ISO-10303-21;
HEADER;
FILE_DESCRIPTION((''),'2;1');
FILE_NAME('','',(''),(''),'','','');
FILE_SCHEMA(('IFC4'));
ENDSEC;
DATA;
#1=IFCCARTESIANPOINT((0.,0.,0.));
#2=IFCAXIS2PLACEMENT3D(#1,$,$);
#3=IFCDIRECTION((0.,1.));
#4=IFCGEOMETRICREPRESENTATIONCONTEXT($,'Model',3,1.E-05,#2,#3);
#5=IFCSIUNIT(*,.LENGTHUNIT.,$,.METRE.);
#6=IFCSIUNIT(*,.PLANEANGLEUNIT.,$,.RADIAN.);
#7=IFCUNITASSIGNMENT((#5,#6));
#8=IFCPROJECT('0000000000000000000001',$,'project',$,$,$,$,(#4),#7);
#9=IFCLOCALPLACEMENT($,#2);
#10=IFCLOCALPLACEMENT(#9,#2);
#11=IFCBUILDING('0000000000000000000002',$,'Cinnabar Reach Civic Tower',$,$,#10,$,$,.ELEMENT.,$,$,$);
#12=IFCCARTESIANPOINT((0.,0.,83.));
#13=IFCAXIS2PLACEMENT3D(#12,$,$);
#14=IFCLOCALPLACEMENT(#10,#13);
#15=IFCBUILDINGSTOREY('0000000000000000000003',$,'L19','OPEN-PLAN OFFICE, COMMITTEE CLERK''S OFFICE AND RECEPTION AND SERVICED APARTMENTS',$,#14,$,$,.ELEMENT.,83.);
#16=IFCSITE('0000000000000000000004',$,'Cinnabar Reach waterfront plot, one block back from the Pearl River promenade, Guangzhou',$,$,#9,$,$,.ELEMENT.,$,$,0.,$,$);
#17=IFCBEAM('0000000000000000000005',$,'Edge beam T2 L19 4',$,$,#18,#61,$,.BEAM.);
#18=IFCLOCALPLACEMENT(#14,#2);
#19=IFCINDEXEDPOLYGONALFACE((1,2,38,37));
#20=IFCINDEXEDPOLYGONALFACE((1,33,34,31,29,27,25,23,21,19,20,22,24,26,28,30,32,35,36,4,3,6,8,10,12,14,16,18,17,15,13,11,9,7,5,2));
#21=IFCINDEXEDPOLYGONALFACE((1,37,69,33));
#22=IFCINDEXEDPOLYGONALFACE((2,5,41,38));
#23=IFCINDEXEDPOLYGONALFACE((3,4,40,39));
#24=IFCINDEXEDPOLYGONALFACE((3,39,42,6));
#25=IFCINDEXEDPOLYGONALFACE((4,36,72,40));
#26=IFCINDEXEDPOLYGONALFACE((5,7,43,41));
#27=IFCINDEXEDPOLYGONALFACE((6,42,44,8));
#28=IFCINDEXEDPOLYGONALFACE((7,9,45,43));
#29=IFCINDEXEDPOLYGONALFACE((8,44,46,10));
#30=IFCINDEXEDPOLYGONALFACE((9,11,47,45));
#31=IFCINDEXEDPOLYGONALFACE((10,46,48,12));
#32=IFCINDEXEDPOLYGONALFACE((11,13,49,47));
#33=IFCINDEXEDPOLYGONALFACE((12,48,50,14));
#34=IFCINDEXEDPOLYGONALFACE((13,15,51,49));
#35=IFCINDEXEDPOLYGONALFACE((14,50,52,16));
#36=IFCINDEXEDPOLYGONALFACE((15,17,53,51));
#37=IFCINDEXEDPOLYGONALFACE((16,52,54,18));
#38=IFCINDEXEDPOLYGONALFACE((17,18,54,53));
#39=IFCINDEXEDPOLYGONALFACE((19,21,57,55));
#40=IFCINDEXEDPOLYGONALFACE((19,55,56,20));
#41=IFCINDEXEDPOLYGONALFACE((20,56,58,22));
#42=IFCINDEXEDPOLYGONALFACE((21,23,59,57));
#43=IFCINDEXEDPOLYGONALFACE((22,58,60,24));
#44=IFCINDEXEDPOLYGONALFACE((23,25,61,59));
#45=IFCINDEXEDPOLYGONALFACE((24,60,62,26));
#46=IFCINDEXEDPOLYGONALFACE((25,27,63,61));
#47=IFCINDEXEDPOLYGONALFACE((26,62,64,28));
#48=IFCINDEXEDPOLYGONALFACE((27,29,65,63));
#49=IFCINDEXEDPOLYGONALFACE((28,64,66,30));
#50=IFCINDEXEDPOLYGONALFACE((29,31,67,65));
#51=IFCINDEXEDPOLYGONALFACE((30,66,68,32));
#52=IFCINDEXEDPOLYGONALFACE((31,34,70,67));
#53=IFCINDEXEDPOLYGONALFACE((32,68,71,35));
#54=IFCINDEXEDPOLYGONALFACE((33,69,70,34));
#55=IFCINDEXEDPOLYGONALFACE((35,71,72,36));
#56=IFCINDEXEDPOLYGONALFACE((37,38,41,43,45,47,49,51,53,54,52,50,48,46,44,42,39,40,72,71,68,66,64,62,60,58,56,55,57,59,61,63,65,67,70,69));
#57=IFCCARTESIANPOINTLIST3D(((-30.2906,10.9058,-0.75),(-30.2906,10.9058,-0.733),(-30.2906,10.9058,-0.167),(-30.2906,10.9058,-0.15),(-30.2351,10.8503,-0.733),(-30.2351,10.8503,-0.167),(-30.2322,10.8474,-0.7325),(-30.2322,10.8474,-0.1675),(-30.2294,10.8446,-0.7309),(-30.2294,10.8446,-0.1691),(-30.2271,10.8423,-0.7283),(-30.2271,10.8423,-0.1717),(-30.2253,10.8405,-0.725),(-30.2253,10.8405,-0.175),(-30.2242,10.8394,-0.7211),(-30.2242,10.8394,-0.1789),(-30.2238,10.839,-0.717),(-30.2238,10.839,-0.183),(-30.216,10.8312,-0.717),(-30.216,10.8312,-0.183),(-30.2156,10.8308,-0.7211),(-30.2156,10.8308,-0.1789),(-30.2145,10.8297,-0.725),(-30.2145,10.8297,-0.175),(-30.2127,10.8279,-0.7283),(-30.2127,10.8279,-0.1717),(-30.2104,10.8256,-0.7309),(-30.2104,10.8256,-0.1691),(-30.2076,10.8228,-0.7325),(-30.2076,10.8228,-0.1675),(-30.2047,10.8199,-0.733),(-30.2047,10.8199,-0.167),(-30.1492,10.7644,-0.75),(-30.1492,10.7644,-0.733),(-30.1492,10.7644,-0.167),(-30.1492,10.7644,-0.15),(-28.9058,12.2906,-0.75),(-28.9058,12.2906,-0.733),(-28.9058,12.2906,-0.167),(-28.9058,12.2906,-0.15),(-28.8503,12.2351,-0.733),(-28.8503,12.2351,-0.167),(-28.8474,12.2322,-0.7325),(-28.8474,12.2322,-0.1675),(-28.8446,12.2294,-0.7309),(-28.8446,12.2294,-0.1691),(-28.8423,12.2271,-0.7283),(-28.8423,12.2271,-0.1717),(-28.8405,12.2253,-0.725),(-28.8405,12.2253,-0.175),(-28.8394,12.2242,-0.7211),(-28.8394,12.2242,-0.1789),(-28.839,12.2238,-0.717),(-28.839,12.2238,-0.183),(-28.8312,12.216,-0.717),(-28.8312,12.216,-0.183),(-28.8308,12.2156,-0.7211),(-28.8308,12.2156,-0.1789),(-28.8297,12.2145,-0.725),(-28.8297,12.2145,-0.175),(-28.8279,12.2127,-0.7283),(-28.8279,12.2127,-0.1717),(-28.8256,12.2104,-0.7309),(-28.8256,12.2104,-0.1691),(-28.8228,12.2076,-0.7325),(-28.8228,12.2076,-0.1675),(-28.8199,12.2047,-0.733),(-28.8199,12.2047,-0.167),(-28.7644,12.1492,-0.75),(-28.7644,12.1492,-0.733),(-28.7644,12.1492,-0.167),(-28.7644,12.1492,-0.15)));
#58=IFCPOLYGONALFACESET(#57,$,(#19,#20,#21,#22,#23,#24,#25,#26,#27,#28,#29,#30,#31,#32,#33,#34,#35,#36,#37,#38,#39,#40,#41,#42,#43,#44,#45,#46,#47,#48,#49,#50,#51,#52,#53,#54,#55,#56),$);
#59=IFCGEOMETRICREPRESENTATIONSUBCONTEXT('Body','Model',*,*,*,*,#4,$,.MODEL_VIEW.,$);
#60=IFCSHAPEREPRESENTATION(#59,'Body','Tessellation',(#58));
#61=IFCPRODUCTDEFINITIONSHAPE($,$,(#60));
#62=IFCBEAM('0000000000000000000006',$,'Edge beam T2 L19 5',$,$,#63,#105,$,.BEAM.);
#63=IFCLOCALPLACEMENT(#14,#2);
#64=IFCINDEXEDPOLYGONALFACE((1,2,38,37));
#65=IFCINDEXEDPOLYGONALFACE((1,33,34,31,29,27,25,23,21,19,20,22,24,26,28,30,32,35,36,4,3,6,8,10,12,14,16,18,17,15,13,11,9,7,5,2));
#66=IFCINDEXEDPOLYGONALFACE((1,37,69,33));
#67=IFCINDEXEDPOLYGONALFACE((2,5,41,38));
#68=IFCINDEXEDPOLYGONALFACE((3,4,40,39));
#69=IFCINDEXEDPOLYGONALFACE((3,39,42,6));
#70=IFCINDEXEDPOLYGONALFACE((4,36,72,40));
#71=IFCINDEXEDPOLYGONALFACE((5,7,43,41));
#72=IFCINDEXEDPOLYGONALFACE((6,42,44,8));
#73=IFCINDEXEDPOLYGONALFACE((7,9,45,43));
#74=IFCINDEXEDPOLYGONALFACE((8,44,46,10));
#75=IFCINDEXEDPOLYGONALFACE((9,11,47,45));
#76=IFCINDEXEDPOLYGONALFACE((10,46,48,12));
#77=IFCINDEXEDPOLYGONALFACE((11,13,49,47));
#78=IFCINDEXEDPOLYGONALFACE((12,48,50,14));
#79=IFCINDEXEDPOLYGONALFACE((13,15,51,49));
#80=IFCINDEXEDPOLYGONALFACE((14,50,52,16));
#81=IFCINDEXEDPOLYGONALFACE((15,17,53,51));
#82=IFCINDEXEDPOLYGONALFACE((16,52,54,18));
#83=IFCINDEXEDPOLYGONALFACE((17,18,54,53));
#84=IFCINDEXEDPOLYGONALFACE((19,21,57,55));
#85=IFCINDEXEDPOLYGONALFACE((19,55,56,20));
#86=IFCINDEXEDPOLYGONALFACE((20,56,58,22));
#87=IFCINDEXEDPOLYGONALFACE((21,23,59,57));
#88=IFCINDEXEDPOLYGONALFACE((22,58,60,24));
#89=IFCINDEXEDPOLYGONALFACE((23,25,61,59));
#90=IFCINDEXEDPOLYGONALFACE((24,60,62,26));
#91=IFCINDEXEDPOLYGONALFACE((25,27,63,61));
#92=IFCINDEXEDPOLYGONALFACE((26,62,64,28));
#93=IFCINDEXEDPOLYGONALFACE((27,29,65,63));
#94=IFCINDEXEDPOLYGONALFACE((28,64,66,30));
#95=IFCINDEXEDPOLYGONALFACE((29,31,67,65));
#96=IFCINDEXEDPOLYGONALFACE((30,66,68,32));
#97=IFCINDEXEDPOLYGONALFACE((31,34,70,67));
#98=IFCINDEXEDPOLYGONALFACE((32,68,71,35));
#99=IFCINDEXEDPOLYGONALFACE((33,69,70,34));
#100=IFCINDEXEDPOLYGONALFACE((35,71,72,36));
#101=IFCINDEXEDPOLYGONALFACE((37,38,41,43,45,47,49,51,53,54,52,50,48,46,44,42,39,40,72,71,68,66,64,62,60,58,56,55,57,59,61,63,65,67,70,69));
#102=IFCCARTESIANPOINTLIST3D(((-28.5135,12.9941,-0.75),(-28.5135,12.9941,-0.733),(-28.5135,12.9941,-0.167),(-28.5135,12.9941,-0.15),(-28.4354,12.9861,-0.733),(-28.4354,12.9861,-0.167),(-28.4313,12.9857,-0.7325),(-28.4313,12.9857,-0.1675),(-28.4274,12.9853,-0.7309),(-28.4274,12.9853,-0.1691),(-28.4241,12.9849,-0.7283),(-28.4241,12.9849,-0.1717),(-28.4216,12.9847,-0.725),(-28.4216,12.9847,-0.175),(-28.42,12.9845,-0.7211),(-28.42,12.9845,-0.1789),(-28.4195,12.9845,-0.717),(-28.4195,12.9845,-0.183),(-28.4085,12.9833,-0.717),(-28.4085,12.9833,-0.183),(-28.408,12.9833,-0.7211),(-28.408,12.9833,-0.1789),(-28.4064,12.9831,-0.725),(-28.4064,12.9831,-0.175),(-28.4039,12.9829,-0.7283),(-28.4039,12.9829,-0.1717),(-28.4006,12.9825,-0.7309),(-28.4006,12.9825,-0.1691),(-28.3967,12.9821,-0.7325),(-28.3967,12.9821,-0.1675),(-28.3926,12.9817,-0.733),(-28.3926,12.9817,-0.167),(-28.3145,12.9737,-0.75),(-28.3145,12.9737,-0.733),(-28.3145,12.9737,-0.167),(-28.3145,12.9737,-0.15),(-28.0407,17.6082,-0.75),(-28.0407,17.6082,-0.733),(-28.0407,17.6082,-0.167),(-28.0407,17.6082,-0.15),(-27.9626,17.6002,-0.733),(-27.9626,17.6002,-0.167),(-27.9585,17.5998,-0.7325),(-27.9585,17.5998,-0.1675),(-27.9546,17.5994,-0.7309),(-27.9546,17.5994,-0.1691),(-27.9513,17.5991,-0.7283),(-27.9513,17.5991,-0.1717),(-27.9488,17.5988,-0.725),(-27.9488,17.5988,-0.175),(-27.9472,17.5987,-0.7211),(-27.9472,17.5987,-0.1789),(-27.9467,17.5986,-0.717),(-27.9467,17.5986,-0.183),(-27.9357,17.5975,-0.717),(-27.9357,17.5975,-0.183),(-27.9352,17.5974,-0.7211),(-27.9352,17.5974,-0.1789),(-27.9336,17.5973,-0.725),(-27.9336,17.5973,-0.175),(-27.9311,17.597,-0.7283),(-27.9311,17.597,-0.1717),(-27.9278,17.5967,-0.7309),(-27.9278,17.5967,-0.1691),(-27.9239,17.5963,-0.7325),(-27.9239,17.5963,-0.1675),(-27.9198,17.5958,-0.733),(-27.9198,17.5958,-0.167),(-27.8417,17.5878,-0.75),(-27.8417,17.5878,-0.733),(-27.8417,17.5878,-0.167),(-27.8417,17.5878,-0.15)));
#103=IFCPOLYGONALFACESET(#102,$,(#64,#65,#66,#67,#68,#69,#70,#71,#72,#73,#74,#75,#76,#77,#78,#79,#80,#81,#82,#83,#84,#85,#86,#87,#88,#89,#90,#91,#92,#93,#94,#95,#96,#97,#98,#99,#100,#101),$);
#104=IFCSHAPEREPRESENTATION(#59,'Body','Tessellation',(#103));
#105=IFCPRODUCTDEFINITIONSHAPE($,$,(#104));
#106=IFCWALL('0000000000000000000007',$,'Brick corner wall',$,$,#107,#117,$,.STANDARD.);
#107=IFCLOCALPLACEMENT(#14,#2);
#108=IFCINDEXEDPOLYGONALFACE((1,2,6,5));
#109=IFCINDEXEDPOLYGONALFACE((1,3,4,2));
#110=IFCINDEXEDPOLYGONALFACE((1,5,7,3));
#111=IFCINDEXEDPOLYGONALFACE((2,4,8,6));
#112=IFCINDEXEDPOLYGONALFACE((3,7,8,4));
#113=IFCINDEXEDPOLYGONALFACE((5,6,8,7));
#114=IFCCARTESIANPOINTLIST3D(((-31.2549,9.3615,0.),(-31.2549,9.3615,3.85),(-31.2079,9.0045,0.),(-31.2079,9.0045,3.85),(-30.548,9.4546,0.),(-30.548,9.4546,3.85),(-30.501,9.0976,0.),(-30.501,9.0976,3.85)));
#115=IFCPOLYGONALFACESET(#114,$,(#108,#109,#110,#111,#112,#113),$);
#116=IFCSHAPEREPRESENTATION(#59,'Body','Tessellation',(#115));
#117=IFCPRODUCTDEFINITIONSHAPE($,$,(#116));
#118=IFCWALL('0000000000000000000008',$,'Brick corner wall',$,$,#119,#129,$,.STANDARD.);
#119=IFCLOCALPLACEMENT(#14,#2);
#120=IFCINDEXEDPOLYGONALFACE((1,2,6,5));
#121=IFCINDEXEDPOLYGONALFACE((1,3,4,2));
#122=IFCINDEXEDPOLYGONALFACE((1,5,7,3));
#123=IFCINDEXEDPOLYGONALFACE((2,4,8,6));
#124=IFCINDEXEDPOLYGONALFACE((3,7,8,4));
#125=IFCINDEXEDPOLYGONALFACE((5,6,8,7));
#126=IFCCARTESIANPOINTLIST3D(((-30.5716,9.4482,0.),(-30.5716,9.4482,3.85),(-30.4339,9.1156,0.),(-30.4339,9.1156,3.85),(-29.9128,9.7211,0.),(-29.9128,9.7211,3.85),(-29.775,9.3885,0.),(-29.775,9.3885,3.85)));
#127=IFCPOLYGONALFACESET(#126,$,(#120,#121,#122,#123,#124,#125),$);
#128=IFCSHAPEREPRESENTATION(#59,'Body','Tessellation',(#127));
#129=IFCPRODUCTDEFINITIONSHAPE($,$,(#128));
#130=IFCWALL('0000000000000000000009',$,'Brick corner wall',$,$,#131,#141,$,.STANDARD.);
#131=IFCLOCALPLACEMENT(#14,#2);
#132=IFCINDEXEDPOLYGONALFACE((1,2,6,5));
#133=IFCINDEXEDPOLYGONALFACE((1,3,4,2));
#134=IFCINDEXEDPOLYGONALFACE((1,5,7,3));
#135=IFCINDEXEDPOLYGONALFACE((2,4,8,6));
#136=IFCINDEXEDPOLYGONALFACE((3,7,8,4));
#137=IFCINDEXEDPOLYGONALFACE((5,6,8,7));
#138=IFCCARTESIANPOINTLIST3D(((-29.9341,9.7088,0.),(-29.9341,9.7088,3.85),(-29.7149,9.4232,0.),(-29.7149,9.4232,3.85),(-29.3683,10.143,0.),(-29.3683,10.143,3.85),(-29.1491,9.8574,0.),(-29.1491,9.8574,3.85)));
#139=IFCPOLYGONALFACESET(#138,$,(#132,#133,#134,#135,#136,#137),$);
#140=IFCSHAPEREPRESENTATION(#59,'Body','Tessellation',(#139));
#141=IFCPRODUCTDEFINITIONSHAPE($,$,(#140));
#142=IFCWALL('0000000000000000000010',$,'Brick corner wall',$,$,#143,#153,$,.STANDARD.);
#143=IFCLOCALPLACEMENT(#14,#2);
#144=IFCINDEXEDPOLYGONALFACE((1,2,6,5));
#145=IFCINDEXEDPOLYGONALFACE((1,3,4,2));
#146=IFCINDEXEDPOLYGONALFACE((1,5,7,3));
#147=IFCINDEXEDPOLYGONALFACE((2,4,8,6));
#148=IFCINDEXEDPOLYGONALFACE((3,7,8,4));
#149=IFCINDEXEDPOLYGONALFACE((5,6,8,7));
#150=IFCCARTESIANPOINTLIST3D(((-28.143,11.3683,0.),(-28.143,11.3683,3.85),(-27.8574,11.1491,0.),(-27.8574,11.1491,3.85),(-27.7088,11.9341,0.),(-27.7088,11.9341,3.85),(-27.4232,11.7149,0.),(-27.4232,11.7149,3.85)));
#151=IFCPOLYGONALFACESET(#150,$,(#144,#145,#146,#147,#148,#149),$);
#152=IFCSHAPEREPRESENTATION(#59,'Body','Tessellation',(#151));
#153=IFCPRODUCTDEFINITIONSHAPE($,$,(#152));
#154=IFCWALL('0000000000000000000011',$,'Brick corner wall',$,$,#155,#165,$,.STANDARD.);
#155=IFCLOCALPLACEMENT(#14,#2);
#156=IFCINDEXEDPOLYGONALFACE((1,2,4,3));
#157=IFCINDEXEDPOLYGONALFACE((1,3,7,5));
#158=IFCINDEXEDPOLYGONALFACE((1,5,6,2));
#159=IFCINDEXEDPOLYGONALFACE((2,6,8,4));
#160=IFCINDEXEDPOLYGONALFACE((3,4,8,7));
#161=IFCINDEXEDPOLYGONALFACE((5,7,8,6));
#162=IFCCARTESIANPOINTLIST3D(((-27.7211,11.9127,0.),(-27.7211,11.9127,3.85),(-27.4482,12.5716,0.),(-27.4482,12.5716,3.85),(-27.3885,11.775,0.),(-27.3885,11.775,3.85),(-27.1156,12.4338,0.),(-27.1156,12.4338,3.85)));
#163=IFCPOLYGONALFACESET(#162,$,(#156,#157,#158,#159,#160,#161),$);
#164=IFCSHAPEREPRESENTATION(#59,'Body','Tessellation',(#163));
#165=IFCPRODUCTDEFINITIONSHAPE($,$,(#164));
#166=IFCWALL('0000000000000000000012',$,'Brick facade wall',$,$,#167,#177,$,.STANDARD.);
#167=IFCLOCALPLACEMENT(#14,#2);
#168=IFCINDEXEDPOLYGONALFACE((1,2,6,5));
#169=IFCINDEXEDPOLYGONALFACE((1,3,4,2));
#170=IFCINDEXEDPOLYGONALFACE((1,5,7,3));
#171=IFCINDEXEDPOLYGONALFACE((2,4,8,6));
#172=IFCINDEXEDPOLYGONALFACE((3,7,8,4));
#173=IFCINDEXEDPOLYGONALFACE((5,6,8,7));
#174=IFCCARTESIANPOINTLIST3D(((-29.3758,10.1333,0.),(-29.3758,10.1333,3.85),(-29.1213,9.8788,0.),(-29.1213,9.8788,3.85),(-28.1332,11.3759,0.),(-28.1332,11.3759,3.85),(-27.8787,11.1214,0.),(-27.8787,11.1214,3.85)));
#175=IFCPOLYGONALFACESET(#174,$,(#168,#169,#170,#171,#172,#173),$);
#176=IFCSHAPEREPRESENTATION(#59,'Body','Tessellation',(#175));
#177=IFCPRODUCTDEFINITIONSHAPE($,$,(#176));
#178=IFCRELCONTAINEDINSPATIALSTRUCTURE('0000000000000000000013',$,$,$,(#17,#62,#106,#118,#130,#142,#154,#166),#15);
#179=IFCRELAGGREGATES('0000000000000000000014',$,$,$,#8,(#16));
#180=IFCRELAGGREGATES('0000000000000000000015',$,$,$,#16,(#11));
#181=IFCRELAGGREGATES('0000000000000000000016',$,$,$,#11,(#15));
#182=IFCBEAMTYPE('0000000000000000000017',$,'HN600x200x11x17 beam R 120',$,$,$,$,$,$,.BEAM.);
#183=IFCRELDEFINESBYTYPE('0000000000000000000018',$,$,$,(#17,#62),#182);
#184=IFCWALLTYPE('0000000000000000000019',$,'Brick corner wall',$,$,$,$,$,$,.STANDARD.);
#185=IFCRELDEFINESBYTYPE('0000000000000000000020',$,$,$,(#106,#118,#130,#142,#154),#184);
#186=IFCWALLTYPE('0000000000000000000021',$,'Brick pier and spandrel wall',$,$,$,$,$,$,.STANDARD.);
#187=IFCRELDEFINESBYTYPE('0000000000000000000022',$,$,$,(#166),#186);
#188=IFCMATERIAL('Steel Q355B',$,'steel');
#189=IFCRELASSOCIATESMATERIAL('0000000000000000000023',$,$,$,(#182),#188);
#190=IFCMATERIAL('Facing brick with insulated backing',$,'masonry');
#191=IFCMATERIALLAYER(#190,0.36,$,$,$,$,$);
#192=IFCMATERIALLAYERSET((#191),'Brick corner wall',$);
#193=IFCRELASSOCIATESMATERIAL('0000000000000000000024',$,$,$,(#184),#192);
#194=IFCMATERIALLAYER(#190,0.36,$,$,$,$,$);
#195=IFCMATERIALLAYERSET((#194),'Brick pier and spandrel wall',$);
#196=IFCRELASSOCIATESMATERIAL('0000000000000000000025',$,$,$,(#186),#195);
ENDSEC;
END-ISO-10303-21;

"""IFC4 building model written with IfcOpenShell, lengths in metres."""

from ifc_helpers import new_model, si_unit, direction, frame, frame_2d, origin, origin_2d, place, context, subcontext, project, spatial, rectangle, i_section, extrude, material, layer, layer_set, material_profile, profile_set, type_object, element, save


model = new_model("IFC4")

# Units and contexts
model_context = context("Model", 3, precision=1e-05, world=origin(), true_north=direction((0.0, 1.0)))
body_context = subcontext(model_context, "Body", "Model", "MODEL_VIEW")
ifc_project = project(units=[si_unit("LENGTHUNIT", "METRE"), si_unit("PLANEANGLEUNIT", "RADIAN")], contexts=[model_context])

# Site, building, storey
site_placement = place(None, origin())
site = spatial("IfcSite", under=ifc_project, at=site_placement, Name="Cinnabar Reach waterfront plot, one block back from the Pearl River promenade, Guangzhou", CompositionType="ELEMENT", RefElevation=0.0)
building_placement = place(site_placement, origin())
building = spatial("IfcBuilding", under=site, at=building_placement, Name="Cinnabar Reach Civic Tower", CompositionType="ELEMENT")
storey_placement = place(building_placement, frame((0.0, 0.0, 83.0)))
storey = spatial("IfcBuildingStorey", under=building, at=storey_placement, Name="L19", Description="OPEN-PLAN OFFICE, COMMITTEE CLERK'S OFFICE AND RECEPTION AND SERVICED APARTMENTS", CompositionType="ELEMENT", Elevation=83.0)

# Beams
ifc_material_1 = material(Name="Steel Q355B", Category="steel")
ifc_material_profile_1 = material_profile(ifc_material_1, i_section(OverallWidth=0.2, OverallDepth=0.6, WebThickness=0.011, FlangeThickness=0.017, FilletRadius=0.016, at=origin_2d()), Name="HN600x200x11x17")
ifc_profile_set_1 = profile_set([ifc_material_profile_1], Name="Steel Q355B")
beam_type_1 = type_object("IfcBeamType", Name="HN600x200x11x17 beam R 120", PredefinedType="BEAM", material=ifc_profile_set_1)
beam_1_placement = place(storey_placement, frame((-30.2199, 10.8351, -0.45), z_axis=(0.707107, 0.707107, 0.0), x_axis=(-0.707107, 0.707107, 0.0)))
element("IfcBeam", 1, at=beam_1_placement, inside=storey, type_object=beam_type_1, Name="Edge beam T2 L19 4", PredefinedType="BEAM", context=body_context, shape_type="SweptSolid", body=[
    extrude(i_section(OverallWidth=0.2, OverallDepth=0.6, WebThickness=0.011, FlangeThickness=0.017, FilletRadius=0.016, at=origin_2d()), origin(), (0.0, 0.0, 1.0), 1.9584),
])
beam_2_placement = place(storey_placement, frame((-28.414, 12.9839, -0.45), z_axis=(0.101935, 0.994791, 0.0), x_axis=(-0.994791, 0.101935, 0.0)))
element("IfcBeam", 2, at=beam_2_placement, inside=storey, type_object=beam_type_1, Name="Edge beam T2 L19 5", PredefinedType="BEAM", context=body_context, shape_type="SweptSolid", body=[
    extrude(i_section(OverallWidth=0.2, OverallDepth=0.6, WebThickness=0.011, FlangeThickness=0.017, FilletRadius=0.016, at=origin_2d()), origin(), (0.0, 0.0, 1.0), 4.6383),
])

# Walls
ifc_material_2 = material(Name="Facing brick with insulated backing", Category="masonry")
ifc_layer_1 = layer(ifc_material_2, 0.36)
ifc_layer_set_1 = layer_set([ifc_layer_1], Name="Brick corner wall")
wall_type_1 = type_object("IfcWallType", Name="Brick corner wall", PredefinedType="STANDARD", material=ifc_layer_set_1)
for number, where, z_axis, x_axis, name in (
    (3, (-31.2314, 9.183, 0.0), (0.0, 0.0, 1.0), (0.991441, 0.130556, 0.0), "Brick corner wall"),
    (4, (-30.5027, 9.2819, 0.0), (0.0, 0.0, 1.0), (0.923872, 0.382703, 0.0), "Brick corner wall"),
):
    element("IfcWall", number, at=place(storey_placement, frame(where, z_axis=z_axis, x_axis=x_axis)), inside=storey, type_object=wall_type_1, Name=name, PredefinedType="STANDARD", context=body_context, shape_type="SweptSolid", body=[
        extrude(rectangle(XDim=0.7131, YDim=0.36, at=frame_2d((0.3565, 0.0))), origin(), (0.0, 0.0, 1.0), 3.85),
    ])
for number, where, z_axis, x_axis, name in (
    (5, (-29.8245, 9.566, 0.0), (0.0, 0.0, 1.0), (0.793322, 0.608802, 0.0), "Brick corner wall"),
    (6, (-28.0002, 11.2587, 0.0), (0.0, 0.0, 1.0), (0.608802, 0.793322, 0.0), "Brick corner wall"),
):
    element("IfcWall", number, at=place(storey_placement, frame(where, z_axis=z_axis, x_axis=x_axis)), inside=storey, type_object=wall_type_1, Name=name, PredefinedType="STANDARD", context=body_context, shape_type="SweptSolid", body=[
        extrude(rectangle(XDim=0.7132, YDim=0.36, at=frame_2d((0.3566, 0.0))), origin(), (0.0, 0.0, 1.0), 3.85),
    ])
wall_1_placement = place(storey_placement, frame((-27.5548, 11.8439, 0.0), z_axis=(0.0, 0.0, 1.0), x_axis=(0.382703, 0.923872, 0.0)))
element("IfcWall", 7, at=wall_1_placement, inside=storey, type_object=wall_type_1, Name="Brick corner wall", PredefinedType="STANDARD", context=body_context, shape_type="SweptSolid", body=[
    extrude(rectangle(XDim=0.7131, YDim=0.36, at=frame_2d((0.3565, 0.0))), origin(), (0.0, 0.0, 1.0), 3.85),
])
ifc_layer_2 = layer(ifc_material_2, 0.36)
ifc_layer_set_2 = layer_set([ifc_layer_2], Name="Brick pier and spandrel wall")
wall_type_2 = type_object("IfcWallType", Name="Brick pier and spandrel wall", PredefinedType="STANDARD", material=ifc_layer_set_2)
wall_2_placement = place(storey_placement, frame((-29.2486, 10.006, 0.0), z_axis=(0.0, 0.0, 1.0), x_axis=(0.707107, 0.707107, 0.0)))
element("IfcWall", 8, at=wall_2_placement, inside=storey, type_object=wall_type_2, Name="Brick facade wall", PredefinedType="STANDARD", context=body_context, shape_type="SweptSolid", body=[
    extrude(rectangle(XDim=1.7573, YDim=0.36, at=frame_2d((0.8787, 0.0))), origin(), (0.0, 0.0, 1.0), 3.85),
])

save(model, "model.ifc")
